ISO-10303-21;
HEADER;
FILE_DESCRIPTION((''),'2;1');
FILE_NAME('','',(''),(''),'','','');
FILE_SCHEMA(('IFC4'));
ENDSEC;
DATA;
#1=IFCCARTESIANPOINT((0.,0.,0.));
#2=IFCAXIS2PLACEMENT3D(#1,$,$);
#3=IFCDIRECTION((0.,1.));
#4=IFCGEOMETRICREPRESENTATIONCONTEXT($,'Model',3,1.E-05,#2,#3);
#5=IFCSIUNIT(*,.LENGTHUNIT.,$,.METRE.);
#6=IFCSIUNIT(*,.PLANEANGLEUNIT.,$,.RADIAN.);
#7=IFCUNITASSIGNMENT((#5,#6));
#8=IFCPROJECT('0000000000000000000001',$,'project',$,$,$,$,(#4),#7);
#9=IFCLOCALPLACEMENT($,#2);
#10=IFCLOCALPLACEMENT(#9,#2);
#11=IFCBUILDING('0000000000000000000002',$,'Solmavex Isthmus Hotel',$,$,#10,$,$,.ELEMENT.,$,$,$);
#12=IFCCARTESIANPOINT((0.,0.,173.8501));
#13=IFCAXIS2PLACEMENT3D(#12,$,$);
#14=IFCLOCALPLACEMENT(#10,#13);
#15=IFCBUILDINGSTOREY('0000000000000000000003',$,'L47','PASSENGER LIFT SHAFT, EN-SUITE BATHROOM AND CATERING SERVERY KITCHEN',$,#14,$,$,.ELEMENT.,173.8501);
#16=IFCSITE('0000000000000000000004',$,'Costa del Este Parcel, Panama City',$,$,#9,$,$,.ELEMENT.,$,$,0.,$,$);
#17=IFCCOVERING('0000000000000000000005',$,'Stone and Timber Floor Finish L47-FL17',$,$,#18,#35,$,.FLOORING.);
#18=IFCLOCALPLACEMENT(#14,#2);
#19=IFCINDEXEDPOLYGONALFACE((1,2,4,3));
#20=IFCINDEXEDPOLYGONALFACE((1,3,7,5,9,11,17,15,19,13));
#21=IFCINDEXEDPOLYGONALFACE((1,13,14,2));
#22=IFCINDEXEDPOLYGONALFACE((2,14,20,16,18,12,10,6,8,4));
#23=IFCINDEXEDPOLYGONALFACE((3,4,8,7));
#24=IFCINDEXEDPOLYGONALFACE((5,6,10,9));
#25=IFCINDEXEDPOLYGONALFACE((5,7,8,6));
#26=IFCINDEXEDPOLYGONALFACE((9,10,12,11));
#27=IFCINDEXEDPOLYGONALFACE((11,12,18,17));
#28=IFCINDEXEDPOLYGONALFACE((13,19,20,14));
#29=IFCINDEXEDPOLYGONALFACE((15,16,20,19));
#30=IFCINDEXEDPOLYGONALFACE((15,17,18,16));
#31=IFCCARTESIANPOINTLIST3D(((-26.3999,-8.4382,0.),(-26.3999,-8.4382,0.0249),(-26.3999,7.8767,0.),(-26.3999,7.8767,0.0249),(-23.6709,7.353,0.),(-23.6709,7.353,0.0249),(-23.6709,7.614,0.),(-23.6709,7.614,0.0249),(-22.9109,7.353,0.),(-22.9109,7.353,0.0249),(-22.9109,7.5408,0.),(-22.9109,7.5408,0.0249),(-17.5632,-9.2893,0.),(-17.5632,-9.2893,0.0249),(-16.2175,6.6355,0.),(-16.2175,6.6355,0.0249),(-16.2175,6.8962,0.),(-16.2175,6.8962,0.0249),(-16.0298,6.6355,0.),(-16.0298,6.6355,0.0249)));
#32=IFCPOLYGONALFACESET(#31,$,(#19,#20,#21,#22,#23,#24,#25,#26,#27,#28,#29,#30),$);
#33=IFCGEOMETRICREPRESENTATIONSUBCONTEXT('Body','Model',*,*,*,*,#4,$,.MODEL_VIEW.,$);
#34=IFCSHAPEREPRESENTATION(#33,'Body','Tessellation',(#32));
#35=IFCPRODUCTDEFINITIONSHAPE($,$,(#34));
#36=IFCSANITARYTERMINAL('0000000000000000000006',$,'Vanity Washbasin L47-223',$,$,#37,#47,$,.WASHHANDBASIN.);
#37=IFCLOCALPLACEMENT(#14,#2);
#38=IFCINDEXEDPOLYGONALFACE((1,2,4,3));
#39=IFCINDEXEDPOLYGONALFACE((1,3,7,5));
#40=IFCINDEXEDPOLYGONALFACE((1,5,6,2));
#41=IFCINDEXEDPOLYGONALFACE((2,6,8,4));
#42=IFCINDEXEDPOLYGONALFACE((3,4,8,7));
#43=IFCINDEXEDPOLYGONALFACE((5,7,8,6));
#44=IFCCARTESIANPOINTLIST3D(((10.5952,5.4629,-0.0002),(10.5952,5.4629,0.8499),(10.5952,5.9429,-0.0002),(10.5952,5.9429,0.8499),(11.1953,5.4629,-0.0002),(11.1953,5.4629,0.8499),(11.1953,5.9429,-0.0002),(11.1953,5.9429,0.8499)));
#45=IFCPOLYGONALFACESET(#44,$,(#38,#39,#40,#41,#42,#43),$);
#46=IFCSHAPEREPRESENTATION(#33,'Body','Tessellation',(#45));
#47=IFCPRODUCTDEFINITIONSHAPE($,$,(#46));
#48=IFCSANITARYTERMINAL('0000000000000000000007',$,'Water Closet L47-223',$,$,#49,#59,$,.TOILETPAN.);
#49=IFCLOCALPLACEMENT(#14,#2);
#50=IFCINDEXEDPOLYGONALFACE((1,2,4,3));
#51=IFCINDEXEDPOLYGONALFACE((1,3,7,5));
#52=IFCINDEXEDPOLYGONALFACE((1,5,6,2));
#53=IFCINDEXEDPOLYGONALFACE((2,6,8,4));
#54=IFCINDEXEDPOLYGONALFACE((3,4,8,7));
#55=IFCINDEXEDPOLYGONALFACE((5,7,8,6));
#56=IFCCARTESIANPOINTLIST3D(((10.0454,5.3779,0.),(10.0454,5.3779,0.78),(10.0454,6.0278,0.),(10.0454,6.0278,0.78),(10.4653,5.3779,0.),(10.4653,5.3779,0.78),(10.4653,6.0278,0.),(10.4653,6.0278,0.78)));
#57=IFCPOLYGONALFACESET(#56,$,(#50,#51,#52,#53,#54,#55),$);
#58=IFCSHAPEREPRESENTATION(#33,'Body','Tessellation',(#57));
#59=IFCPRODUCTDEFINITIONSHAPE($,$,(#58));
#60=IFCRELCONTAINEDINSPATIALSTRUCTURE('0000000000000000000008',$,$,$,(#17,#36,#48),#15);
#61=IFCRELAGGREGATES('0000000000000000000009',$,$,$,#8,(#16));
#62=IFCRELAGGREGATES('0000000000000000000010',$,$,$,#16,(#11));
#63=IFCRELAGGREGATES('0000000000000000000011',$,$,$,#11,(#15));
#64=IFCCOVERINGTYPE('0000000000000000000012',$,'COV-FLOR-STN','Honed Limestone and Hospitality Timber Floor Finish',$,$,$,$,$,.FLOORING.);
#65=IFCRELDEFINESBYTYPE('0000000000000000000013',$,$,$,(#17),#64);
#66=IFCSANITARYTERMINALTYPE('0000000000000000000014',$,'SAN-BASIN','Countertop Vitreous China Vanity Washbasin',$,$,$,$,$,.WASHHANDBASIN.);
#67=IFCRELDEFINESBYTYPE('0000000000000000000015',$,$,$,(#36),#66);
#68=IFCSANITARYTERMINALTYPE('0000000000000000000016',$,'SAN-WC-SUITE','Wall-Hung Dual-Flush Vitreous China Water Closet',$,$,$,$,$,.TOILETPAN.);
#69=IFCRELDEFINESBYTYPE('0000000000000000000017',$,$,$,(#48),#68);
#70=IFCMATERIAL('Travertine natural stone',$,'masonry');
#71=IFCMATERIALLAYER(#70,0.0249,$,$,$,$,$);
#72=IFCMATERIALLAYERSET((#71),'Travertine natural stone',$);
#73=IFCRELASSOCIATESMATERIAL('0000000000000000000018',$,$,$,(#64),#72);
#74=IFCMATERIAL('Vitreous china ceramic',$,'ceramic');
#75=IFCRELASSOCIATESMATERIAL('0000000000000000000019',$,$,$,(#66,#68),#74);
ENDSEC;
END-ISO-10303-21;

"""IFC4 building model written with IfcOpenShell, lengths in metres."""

from ifc_helpers import new_model, si_unit, direction, frame, origin, origin_2d, place, context, subcontext, project, spatial, polyline, rectangle, outline, extrude, material, layer, layer_set, type_object, element, save


model = new_model("IFC4")

# Units and contexts
model_context = context("Model", 3, precision=1e-05, world=origin(), true_north=direction((0.0, 1.0)))
body_context = subcontext(model_context, "Body", "Model", "MODEL_VIEW")
ifc_project = project(units=[si_unit("LENGTHUNIT", "METRE"), si_unit("PLANEANGLEUNIT", "RADIAN")], contexts=[model_context])

# Site, building, storey
site_placement = place(None, origin())
site = spatial("IfcSite", under=ifc_project, at=site_placement, Name="Costa del Este Parcel, Panama City", CompositionType="ELEMENT", RefElevation=0.0)
building_placement = place(site_placement, origin())
building = spatial("IfcBuilding", under=site, at=building_placement, Name="Solmavex Isthmus Hotel", CompositionType="ELEMENT")
storey_placement = place(building_placement, frame((0.0, 0.0, 173.8501)))
storey = spatial("IfcBuildingStorey", under=building, at=storey_placement, Name="L47", Description="PASSENGER LIFT SHAFT, EN-SUITE BATHROOM AND CATERING SERVERY KITCHEN", CompositionType="ELEMENT", Elevation=173.8501)

# Covering
ifc_material_1 = material(Name="Travertine natural stone", Category="masonry")
ifc_layer_1 = layer(ifc_material_1, 0.0249)
ifc_layer_set_1 = layer_set([ifc_layer_1], Name="Travertine natural stone")
covering_type_1 = type_object("IfcCoveringType", Name="COV-FLOR-STN", Description="Honed Limestone and Hospitality Timber Floor Finish", PredefinedType="FLOORING", material=ifc_layer_set_1)
covering_1_placement = place(storey_placement, origin())
element("IfcCovering", 1, at=covering_1_placement, inside=storey, type_object=covering_type_1, Name="Stone and Timber Floor Finish L47-FL17", PredefinedType="FLOORING", context=body_context, shape_type="SweptSolid", body=[
    extrude(outline(polyline([(-22.9109, 7.5408), (-22.9109, 7.353), (-23.6709, 7.353), (-23.6709, 7.614), (-26.3999, 7.8767), (-26.3999, -8.4382), (-17.5632, -9.2893), (-16.0298, 6.6355), (-16.2175, 6.6355), (-16.2175, 6.8962), (-22.9109, 7.5408)])), origin(), (0.0, 0.0, 1.0), 0.0249),
])

# Sanitary terminals
ifc_material_2 = material(Name="Vitreous china ceramic", Category="ceramic")
sanitary_terminal_type_1 = type_object("IfcSanitaryTerminalType", Name="SAN-BASIN", Description="Countertop Vitreous China Vanity Washbasin", PredefinedType="WASHHANDBASIN", material=ifc_material_2)
sanitary_terminal_1_placement = place(storey_placement, frame((10.8953, 5.7029, -0.0002), z_axis=(0.0, 0.0, 1.0), x_axis=(1.0, 0.0, 0.0)))
element("IfcSanitaryTerminal", 2, at=sanitary_terminal_1_placement, inside=storey, type_object=sanitary_terminal_type_1, Name="Vanity Washbasin L47-223", PredefinedType="WASHHANDBASIN", context=body_context, shape_type="SweptSolid", body=[
    extrude(rectangle(XDim=0.6001, YDim=0.48, at=origin_2d()), origin(), (0.0, 0.0, 1.0), 0.8501),
])
sanitary_terminal_type_2 = type_object("IfcSanitaryTerminalType", Name="SAN-WC-SUITE", Description="Wall-Hung Dual-Flush Vitreous China Water Closet", PredefinedType="TOILETPAN", material=ifc_material_2)
sanitary_terminal_2_placement = place(storey_placement, frame((10.2554, 5.7029, 0.0), z_axis=(0.0, 0.0, 1.0), x_axis=(1.0, 0.0, 0.0)))
element("IfcSanitaryTerminal", 3, at=sanitary_terminal_2_placement, inside=storey, type_object=sanitary_terminal_type_2, Name="Water Closet L47-223", PredefinedType="TOILETPAN", context=body_context, shape_type="SweptSolid", body=[
    extrude(rectangle(XDim=0.4199, YDim=0.6499, at=origin_2d()), origin(), (0.0, 0.0, 1.0), 0.78),
])

save(model, "model.ifc")
